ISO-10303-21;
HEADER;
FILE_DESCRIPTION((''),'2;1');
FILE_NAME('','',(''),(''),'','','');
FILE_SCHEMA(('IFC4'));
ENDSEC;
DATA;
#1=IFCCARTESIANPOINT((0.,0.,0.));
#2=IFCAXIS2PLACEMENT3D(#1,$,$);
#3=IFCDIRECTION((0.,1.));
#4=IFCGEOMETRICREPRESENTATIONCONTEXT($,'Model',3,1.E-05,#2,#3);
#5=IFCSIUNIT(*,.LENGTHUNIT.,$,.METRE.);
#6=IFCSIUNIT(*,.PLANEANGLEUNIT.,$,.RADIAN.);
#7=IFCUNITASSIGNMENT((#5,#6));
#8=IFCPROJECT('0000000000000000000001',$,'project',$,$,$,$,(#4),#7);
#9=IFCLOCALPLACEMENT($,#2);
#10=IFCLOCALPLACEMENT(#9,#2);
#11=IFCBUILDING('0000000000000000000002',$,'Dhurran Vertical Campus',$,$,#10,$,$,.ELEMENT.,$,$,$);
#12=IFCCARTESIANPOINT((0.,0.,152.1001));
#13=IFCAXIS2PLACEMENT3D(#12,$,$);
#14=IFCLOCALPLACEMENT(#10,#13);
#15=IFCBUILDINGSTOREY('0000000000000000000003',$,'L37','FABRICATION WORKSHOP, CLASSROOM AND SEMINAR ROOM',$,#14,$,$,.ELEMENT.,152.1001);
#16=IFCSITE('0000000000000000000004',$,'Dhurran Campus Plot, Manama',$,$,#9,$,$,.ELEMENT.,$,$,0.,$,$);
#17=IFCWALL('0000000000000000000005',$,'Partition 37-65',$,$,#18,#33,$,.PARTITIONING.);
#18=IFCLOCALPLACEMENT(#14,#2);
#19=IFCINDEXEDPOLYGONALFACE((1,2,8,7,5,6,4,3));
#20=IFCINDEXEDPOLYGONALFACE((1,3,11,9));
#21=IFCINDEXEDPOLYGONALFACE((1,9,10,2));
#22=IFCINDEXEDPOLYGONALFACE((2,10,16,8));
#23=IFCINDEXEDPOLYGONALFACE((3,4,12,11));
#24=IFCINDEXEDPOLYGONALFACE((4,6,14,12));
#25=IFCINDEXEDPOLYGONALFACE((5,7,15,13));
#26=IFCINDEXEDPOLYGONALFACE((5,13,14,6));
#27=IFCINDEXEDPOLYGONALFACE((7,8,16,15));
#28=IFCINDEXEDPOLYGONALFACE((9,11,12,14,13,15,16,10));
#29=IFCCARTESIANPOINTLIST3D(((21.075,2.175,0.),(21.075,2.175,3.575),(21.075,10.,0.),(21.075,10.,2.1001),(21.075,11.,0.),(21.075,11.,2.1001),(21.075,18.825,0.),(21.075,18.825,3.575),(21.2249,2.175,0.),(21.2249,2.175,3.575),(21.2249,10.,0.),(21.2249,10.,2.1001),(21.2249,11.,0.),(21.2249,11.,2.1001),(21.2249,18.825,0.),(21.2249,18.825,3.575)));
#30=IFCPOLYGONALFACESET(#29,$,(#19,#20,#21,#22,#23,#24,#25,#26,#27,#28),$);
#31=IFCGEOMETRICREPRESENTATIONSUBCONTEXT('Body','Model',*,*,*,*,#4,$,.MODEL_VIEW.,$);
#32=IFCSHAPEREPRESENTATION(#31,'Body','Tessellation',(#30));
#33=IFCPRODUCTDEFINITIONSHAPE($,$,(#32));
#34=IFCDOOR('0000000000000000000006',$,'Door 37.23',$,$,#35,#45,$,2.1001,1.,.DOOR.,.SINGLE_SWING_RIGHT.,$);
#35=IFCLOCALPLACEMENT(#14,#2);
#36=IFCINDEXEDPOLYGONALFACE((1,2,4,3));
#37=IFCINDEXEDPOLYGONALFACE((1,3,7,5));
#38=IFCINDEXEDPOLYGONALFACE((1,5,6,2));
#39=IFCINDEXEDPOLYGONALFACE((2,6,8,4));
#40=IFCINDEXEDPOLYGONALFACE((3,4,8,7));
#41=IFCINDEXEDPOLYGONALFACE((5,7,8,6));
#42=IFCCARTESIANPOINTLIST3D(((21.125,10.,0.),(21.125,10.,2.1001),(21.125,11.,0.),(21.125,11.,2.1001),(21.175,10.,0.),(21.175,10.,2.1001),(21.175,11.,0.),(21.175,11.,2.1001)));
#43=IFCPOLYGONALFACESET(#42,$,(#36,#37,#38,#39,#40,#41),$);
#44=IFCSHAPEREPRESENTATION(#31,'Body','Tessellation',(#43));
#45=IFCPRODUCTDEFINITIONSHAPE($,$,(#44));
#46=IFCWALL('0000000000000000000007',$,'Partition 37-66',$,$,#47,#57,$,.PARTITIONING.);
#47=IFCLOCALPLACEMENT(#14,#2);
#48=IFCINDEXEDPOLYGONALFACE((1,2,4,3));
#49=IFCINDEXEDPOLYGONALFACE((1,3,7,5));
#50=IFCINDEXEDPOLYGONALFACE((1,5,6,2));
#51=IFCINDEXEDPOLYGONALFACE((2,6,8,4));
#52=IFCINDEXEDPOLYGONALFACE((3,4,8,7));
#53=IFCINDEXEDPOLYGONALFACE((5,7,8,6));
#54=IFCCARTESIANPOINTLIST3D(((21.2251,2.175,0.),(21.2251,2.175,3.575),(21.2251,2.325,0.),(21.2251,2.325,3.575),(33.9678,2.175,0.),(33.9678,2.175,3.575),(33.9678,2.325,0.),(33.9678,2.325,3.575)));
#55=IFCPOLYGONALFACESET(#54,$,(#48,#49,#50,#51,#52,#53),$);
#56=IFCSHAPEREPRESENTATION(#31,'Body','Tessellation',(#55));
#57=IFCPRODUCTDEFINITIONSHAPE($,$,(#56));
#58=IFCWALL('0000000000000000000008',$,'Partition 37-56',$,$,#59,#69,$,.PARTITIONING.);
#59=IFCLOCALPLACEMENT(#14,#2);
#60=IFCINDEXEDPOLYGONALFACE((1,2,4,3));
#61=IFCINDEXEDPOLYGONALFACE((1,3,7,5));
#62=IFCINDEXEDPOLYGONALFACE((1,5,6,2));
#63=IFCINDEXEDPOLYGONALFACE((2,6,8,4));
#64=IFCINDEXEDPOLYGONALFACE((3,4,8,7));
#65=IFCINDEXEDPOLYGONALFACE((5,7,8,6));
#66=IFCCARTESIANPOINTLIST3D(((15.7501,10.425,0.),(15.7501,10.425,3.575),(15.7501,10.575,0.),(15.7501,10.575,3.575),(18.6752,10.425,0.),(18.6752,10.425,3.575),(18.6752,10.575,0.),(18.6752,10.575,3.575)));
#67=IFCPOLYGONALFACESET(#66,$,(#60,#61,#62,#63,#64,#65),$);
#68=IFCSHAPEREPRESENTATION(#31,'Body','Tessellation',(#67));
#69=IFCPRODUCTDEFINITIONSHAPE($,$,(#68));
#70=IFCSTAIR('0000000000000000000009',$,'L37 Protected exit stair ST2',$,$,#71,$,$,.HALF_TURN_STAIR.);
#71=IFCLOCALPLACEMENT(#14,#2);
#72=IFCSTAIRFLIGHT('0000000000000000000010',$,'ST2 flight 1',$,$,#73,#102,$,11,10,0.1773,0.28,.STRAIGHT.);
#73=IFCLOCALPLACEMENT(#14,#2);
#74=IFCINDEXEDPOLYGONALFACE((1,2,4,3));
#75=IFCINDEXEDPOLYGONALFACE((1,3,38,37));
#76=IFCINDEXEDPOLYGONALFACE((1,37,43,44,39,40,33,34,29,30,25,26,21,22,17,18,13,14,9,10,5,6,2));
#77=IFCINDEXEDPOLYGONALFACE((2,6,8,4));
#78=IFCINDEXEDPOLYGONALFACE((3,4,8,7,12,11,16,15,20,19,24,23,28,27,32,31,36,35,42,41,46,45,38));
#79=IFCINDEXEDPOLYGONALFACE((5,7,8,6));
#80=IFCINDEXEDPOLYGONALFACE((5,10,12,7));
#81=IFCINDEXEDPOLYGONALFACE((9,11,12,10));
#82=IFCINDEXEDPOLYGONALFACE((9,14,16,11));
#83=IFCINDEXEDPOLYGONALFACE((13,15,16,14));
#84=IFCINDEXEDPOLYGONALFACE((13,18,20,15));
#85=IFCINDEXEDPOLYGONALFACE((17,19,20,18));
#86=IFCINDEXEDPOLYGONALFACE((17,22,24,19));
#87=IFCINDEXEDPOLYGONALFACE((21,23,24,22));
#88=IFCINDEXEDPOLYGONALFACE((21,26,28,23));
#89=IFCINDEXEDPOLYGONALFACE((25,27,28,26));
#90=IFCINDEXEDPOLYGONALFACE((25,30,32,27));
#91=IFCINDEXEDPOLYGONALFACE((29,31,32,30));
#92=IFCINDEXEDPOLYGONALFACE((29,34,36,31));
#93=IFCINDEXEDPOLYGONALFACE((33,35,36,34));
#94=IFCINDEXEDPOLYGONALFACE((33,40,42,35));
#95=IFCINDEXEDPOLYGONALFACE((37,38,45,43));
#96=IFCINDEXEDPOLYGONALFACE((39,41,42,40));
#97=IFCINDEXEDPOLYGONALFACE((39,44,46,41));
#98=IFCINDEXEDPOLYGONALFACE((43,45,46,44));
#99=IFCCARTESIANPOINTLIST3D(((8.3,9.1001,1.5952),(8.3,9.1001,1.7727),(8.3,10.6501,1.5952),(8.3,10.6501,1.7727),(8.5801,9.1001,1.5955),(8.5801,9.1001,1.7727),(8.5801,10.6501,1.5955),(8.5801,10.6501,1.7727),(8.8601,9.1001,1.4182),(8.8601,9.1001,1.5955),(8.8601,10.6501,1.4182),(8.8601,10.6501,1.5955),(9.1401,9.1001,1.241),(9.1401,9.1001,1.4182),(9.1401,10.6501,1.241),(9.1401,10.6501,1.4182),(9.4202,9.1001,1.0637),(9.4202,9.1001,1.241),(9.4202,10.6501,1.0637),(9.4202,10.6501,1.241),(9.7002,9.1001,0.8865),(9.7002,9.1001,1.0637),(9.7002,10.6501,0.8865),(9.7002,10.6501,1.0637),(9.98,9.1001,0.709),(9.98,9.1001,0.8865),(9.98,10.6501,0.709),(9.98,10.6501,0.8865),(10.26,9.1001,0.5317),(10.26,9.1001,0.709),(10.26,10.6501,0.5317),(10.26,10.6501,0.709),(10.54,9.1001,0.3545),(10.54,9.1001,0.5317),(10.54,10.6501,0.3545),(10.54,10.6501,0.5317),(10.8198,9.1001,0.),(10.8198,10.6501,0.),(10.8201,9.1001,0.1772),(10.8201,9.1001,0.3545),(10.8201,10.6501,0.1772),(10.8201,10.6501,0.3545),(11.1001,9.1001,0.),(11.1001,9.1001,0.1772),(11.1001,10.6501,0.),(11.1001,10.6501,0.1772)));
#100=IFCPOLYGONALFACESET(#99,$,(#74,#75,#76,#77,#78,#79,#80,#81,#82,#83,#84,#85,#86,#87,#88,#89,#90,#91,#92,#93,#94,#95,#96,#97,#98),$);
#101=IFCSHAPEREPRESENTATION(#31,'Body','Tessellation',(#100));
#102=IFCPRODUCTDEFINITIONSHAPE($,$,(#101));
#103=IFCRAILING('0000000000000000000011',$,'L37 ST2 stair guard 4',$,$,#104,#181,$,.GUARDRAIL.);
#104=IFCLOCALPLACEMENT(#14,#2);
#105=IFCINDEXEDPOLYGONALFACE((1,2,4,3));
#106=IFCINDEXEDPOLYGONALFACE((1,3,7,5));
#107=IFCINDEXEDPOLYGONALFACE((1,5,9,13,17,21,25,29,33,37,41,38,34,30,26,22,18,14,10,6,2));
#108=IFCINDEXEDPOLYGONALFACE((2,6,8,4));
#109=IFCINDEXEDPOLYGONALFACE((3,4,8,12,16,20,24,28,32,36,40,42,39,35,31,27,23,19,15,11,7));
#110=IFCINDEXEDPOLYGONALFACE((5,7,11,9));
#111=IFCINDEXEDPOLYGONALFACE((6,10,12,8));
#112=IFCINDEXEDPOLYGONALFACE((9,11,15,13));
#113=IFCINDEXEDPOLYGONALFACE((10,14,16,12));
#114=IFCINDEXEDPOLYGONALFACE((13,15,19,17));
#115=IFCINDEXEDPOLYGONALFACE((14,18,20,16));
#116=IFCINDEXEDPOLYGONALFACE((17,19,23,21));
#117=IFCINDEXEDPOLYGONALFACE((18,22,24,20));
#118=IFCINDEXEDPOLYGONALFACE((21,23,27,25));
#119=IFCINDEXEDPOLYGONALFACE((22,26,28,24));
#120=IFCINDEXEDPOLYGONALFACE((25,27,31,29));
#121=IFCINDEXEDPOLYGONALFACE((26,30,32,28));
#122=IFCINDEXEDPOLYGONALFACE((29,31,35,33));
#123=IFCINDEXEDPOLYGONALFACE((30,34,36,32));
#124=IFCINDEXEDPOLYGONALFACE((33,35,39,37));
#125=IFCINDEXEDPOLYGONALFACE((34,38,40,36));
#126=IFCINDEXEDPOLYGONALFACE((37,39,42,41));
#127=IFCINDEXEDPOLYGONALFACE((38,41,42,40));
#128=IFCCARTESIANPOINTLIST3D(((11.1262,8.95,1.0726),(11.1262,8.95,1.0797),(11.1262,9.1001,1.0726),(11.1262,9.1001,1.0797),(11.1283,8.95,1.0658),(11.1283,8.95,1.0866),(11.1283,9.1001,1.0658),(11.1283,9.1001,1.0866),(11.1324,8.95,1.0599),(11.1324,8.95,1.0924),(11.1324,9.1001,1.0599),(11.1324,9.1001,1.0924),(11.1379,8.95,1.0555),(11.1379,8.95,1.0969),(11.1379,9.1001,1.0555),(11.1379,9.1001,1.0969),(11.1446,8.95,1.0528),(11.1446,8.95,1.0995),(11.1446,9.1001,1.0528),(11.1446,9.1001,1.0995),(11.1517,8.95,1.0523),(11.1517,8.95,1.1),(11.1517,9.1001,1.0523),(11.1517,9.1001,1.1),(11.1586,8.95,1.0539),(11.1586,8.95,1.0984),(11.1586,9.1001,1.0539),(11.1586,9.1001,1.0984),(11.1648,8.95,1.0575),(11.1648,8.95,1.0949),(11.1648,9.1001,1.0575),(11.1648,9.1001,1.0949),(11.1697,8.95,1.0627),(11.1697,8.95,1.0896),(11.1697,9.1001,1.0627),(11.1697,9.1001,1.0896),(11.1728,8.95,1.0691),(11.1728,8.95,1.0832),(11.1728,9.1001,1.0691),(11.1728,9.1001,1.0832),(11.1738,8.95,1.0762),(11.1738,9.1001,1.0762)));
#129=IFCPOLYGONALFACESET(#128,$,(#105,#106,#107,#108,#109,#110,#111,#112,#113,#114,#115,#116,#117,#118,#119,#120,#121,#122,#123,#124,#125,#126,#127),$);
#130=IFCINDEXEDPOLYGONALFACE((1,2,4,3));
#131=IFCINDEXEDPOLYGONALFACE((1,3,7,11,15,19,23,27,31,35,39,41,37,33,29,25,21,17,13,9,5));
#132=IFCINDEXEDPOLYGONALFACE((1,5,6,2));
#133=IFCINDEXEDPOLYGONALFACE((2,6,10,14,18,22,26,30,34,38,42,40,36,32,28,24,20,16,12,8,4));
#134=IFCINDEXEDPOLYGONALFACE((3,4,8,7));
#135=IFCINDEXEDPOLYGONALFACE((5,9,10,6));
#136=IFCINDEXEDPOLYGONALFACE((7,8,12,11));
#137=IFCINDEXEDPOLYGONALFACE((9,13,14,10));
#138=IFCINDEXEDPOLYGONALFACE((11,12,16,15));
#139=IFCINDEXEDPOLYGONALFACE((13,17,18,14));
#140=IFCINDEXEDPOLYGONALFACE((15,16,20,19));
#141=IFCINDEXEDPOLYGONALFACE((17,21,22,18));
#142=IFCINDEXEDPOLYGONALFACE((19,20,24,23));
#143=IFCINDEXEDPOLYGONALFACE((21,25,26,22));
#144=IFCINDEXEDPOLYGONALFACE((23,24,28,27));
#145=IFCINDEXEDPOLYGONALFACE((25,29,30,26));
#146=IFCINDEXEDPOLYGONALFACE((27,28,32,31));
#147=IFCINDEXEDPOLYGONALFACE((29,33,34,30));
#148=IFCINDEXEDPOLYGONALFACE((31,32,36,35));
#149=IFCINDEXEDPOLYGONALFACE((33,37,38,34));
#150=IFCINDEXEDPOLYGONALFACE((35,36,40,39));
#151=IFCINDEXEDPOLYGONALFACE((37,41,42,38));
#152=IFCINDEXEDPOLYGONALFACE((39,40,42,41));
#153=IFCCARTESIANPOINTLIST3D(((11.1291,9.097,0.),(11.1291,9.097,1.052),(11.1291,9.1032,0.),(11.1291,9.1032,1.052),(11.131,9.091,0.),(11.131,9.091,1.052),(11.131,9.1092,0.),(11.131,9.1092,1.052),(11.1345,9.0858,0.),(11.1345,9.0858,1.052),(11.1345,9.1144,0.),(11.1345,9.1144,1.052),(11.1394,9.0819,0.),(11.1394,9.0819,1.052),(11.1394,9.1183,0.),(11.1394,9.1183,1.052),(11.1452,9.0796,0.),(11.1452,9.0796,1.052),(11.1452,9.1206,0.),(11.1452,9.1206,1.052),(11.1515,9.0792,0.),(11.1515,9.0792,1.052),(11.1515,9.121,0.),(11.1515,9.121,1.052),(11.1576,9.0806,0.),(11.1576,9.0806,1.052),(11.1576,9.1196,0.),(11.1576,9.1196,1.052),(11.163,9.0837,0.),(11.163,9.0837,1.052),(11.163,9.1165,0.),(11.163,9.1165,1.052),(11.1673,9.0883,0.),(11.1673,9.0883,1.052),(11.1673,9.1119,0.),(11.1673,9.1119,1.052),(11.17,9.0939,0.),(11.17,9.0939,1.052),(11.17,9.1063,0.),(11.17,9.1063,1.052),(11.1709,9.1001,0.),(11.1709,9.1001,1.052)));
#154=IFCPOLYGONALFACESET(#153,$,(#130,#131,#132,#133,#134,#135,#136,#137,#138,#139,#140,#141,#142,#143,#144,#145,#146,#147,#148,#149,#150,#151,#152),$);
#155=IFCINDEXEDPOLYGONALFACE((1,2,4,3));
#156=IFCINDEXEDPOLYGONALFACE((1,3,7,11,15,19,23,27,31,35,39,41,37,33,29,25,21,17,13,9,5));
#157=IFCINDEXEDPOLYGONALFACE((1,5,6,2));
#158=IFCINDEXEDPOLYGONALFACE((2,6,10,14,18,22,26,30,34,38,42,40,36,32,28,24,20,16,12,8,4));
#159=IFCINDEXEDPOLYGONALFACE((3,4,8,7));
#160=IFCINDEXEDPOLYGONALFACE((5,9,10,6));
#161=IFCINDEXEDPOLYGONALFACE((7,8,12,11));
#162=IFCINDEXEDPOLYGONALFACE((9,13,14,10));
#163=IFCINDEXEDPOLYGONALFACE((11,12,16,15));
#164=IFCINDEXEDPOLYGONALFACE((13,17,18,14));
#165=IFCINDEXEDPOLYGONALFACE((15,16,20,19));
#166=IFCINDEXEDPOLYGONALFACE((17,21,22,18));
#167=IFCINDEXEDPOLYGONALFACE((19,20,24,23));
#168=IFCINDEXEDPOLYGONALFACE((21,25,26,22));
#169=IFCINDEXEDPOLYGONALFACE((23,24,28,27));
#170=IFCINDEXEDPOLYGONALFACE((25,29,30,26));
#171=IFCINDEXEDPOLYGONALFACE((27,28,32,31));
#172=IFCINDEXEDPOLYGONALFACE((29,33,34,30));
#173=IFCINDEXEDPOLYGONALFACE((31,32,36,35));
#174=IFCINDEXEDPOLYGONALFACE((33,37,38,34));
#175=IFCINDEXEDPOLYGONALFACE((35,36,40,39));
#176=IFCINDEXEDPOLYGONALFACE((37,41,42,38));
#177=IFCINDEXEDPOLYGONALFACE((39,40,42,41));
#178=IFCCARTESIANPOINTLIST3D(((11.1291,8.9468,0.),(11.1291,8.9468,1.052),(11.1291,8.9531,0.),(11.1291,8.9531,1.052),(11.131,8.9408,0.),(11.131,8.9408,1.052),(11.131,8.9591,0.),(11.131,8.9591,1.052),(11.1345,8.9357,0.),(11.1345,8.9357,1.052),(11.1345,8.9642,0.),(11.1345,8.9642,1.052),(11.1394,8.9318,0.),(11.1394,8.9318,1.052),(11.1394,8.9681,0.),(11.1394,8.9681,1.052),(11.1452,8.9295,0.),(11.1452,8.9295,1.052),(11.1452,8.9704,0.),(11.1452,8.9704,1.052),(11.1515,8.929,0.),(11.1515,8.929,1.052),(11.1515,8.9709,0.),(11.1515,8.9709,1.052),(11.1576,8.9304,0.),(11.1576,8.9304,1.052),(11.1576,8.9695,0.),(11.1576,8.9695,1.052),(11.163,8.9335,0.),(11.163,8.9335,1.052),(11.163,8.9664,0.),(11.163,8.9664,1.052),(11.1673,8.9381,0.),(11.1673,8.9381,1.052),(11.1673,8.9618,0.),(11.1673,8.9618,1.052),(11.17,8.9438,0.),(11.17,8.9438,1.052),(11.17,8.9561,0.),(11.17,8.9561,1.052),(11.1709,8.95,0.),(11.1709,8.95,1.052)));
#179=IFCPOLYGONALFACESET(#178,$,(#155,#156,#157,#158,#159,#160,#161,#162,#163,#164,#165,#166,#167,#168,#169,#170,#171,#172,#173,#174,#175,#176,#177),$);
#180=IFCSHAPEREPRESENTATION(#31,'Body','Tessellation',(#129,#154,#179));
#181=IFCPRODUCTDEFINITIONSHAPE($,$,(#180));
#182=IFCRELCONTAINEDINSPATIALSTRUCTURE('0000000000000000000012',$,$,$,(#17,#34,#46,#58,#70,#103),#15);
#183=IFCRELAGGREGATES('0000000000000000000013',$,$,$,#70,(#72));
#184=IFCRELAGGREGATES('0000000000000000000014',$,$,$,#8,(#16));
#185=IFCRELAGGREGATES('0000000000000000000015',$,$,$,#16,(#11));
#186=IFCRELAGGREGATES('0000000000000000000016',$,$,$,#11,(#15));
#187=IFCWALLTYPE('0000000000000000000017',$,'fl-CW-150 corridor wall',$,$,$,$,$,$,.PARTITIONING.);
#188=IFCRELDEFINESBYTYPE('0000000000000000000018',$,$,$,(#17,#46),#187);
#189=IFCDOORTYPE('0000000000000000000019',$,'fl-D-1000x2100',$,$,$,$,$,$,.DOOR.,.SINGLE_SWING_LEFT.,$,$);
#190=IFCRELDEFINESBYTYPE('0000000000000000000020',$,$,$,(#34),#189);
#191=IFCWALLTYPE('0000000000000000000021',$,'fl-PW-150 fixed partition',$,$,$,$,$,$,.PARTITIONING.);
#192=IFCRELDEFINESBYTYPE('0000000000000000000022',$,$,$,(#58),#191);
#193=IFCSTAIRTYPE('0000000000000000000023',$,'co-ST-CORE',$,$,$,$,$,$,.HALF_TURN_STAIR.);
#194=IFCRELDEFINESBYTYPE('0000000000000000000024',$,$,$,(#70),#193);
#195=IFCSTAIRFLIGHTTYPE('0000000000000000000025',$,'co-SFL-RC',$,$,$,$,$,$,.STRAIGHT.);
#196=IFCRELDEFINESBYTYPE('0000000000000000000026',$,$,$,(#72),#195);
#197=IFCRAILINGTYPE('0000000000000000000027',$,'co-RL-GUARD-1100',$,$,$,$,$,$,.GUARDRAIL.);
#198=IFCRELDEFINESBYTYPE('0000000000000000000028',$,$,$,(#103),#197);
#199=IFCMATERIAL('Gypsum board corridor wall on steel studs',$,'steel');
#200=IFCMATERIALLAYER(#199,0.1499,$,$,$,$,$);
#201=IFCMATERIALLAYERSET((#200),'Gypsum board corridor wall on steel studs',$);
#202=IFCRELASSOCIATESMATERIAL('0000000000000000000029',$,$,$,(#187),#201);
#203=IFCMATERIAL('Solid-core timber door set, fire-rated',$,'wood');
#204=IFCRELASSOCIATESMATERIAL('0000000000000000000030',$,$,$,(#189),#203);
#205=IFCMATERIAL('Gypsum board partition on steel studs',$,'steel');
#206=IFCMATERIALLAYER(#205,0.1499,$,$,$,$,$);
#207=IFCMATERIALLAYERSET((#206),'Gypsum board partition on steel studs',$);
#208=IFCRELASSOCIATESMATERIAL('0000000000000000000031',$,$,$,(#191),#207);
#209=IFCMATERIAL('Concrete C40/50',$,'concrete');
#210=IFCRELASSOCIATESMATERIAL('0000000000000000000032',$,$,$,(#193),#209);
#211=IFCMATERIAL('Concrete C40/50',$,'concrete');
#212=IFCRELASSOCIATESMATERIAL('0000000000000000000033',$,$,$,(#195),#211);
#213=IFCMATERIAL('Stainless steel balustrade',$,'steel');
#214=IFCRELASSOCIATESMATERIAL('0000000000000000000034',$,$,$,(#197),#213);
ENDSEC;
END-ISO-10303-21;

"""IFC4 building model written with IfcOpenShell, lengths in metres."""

from ifc_helpers import new_model, si_unit, direction, frame, frame_2d, origin, origin_2d, place, context, subcontext, project, spatial, polyline, rectangle, circle, outline, extrude, material, layer, layer_set, type_object, element, fill, aggregate, save


model = new_model("IFC4")

# Units and contexts
model_context = context("Model", 3, precision=1e-05, world=origin(), true_north=direction((0.0, 1.0)))
body_context = subcontext(model_context, "Body", "Model", "MODEL_VIEW")
ifc_project = project(units=[si_unit("LENGTHUNIT", "METRE"), si_unit("PLANEANGLEUNIT", "RADIAN")], contexts=[model_context])

# Site, building, storey
site_placement = place(None, origin())
site = spatial("IfcSite", under=ifc_project, at=site_placement, Name="Dhurran Campus Plot, Manama", CompositionType="ELEMENT", RefElevation=0.0)
building_placement = place(site_placement, origin())
building = spatial("IfcBuilding", under=site, at=building_placement, Name="Dhurran Vertical Campus", CompositionType="ELEMENT")
storey_placement = place(building_placement, frame((0.0, 0.0, 152.1001)))
storey = spatial("IfcBuildingStorey", under=building, at=storey_placement, Name="L37", Description="FABRICATION WORKSHOP, CLASSROOM AND SEMINAR ROOM", CompositionType="ELEMENT", Elevation=152.1001)

# Shared definitions
ifc_material_1 = material(Name="Gypsum board corridor wall on steel studs", Category="steel")
ifc_layer_1 = layer(ifc_material_1, 0.1499)
ifc_layer_set_1 = layer_set([ifc_layer_1], Name="Gypsum board corridor wall on steel studs")
wall_type_1 = type_object("IfcWallType", Name="fl-CW-150 corridor wall", PredefinedType="PARTITIONING", material=ifc_layer_set_1)

# Wall, opening, door
ifc_material_2 = material(Name="Solid-core timber door set, fire-rated", Category="wood")
door_type_1 = type_object("IfcDoorType", Name="fl-D-1000x2100", OperationType="SINGLE_SWING_LEFT", PredefinedType="DOOR", material=ifc_material_2)
wall_1_placement = place(storey_placement, frame((21.1499, 2.175, 0.0), z_axis=(0.0, 0.0, 1.0), x_axis=(0.0, 1.0, 0.0)))
wall_1 = element("IfcWall", 1, at=wall_1_placement, inside=storey, type_object=wall_type_1, Name="Partition 37-65", PredefinedType="PARTITIONING", context=body_context, shape_type="SweptSolid", body=[
    extrude(rectangle(XDim=16.6499, YDim=0.1499, at=frame_2d((8.325, 0.0))), origin(), (0.0, 0.0, 1.0), 3.575),
])
opening_1_placement = place(wall_1_placement, frame((7.825, 0.0, 0.0)))
opening_1 = element("IfcOpeningElement", 2, at=opening_1_placement, cuts=wall_1, PredefinedType="OPENING", context=body_context, shape_type="SweptSolid", body=[
    extrude(rectangle(XDim=1.0, YDim=2.1001, at=frame_2d((0.5, 1.05))), frame((0.0, 0.085, 0.0), z_axis=(0.0, -1.0, 0.0), x_axis=(1.0, 0.0, 0.0)), (0.0, 0.0, 1.0), 0.1699),
])
door_1_placement = place(opening_1_placement, origin())
door_1 = element("IfcDoor", 3, at=door_1_placement, inside=storey, type_object=door_type_1, Name="Door 37.23", OperationType="SINGLE_SWING_RIGHT", OverallHeight=2.1001, OverallWidth=1.0, PredefinedType="DOOR", context=body_context, shape_type="SweptSolid", body=[
    extrude(rectangle(XDim=1.0, YDim=2.1001, at=frame_2d((0.5, 1.05))), frame((0.0, 0.0249, 0.0), z_axis=(0.0, -1.0, 0.0), x_axis=(1.0, 0.0, 0.0)), (0.0, 0.0, 1.0), 0.05),
])
fill(opening_1, door_1)

# Walls
wall_2_placement = place(storey_placement, frame((21.2251, 2.25, 0.0), z_axis=(0.0, 0.0, 1.0), x_axis=(1.0, 0.0, 0.0)))
element("IfcWall", 4, at=wall_2_placement, inside=storey, type_object=wall_type_1, Name="Partition 37-66", PredefinedType="PARTITIONING", context=body_context, shape_type="SweptSolid", body=[
    extrude(rectangle(XDim=12.7427, YDim=0.1499, at=frame_2d((6.3713, 0.0))), origin(), (0.0, 0.0, 1.0), 3.575),
])
ifc_material_3 = material(Name="Gypsum board partition on steel studs", Category="steel")
ifc_layer_2 = layer(ifc_material_3, 0.1499)
ifc_layer_set_2 = layer_set([ifc_layer_2], Name="Gypsum board partition on steel studs")
wall_type_2 = type_object("IfcWallType", Name="fl-PW-150 fixed partition", PredefinedType="PARTITIONING", material=ifc_layer_set_2)
wall_3_placement = place(storey_placement, frame((18.675, 10.5, 0.0), z_axis=(0.0, 0.0, 1.0), x_axis=(-1.0, 0.0, 0.0)))
element("IfcWall", 5, at=wall_3_placement, inside=storey, type_object=wall_type_2, Name="Partition 37-56", PredefinedType="PARTITIONING", context=body_context, shape_type="SweptSolid", body=[
    extrude(rectangle(XDim=2.925, YDim=0.1499, at=frame_2d((1.4624, 0.0))), origin(), (0.0, 0.0, 1.0), 3.575),
])

# Stair, stair flight
ifc_material_4 = material(Name="Concrete C40/50", Category="concrete")
stair_type = type_object("IfcStairType", Name="co-ST-CORE", PredefinedType="HALF_TURN_STAIR", material=ifc_material_4)
stair_placement = place(storey_placement, origin())
stair = element("IfcStair", 6, at=stair_placement, inside=storey, type_object=stair_type, Name="L37 Protected exit stair ST2", PredefinedType="HALF_TURN_STAIR")
ifc_material_5 = material(Name="Concrete C40/50", Category="concrete")
stair_flight_type = type_object("IfcStairFlightType", Name="co-SFL-RC", PredefinedType="STRAIGHT", material=ifc_material_5)
stair_flight_placement = place(storey_placement, frame((11.1001, 9.875, 0.0), z_axis=(0.0, 0.0, 1.0), x_axis=(-1.0, 0.0, 0.0)))
stair_flight = element("IfcStairFlight", 7, at=stair_flight_placement, type_object=stair_flight_type, Name="ST2 flight 1", NumberOfRisers=11, NumberOfTreads=10, PredefinedType="STRAIGHT", RiserHeight=0.1773, TreadLength=0.28, context=body_context, shape_type="SweptSolid", body=[
    extrude(outline(polyline([(0.0, 0.0), (0.0, 0.1772), (0.28, 0.1772), (0.28, 0.3545), (0.5601, 0.3545), (0.5601, 0.5317), (0.8401, 0.5317), (0.8401, 0.709), (1.1201, 0.709), (1.1201, 0.8865), (1.3999, 0.8865), (1.3999, 1.0637), (1.6799, 1.0637), (1.6799, 1.241), (1.96, 1.241), (1.96, 1.4182), (2.24, 1.4182), (2.24, 1.5955), (2.52, 1.5955), (2.52, 1.7727), (2.8, 1.7727), (2.8, 1.95), (2.8, 1.5952), (0.2803, 0.0), (0.0, 0.0)])), frame((0.0, 0.7749, 0.0), z_axis=(0.0, -1.0, 0.0), x_axis=(1.0, 0.0, 0.0)), (0.0, 0.0, 1.0), 1.55),
])
aggregate(stair, [stair_flight])

# Railing
ifc_material_6 = material(Name="Stainless steel balustrade", Category="steel")
railing_type_1 = type_object("IfcRailingType", Name="co-RL-GUARD-1100", PredefinedType="GUARDRAIL", material=ifc_material_6)
railing_1_placement = place(storey_placement, frame((11.1499, 9.1001, 0.0)))
element("IfcRailing", 8, at=railing_1_placement, inside=storey, type_object=railing_type_1, Name="L37 ST2 stair guard 4", PredefinedType="GUARDRAIL", context=body_context, shape_type="SweptSolid", body=[
    extrude(circle(Radius=0.0239, at=origin_2d()), frame((0.0, 0.0, 1.0762), z_axis=(0.0, -1.0, 0.0), x_axis=(1.0, 0.0, 0.0)), (0.0, 0.0, 1.0), 0.1501),
    extrude(circle(Radius=0.021, at=origin_2d()), origin(), (0.0, 0.0, 1.0), 1.052),
    extrude(circle(Radius=0.021, at=origin_2d()), frame((0.0, -0.1501, 0.0)), (0.0, 0.0, 1.0), 1.052),
])

save(model, "model.ifc")
